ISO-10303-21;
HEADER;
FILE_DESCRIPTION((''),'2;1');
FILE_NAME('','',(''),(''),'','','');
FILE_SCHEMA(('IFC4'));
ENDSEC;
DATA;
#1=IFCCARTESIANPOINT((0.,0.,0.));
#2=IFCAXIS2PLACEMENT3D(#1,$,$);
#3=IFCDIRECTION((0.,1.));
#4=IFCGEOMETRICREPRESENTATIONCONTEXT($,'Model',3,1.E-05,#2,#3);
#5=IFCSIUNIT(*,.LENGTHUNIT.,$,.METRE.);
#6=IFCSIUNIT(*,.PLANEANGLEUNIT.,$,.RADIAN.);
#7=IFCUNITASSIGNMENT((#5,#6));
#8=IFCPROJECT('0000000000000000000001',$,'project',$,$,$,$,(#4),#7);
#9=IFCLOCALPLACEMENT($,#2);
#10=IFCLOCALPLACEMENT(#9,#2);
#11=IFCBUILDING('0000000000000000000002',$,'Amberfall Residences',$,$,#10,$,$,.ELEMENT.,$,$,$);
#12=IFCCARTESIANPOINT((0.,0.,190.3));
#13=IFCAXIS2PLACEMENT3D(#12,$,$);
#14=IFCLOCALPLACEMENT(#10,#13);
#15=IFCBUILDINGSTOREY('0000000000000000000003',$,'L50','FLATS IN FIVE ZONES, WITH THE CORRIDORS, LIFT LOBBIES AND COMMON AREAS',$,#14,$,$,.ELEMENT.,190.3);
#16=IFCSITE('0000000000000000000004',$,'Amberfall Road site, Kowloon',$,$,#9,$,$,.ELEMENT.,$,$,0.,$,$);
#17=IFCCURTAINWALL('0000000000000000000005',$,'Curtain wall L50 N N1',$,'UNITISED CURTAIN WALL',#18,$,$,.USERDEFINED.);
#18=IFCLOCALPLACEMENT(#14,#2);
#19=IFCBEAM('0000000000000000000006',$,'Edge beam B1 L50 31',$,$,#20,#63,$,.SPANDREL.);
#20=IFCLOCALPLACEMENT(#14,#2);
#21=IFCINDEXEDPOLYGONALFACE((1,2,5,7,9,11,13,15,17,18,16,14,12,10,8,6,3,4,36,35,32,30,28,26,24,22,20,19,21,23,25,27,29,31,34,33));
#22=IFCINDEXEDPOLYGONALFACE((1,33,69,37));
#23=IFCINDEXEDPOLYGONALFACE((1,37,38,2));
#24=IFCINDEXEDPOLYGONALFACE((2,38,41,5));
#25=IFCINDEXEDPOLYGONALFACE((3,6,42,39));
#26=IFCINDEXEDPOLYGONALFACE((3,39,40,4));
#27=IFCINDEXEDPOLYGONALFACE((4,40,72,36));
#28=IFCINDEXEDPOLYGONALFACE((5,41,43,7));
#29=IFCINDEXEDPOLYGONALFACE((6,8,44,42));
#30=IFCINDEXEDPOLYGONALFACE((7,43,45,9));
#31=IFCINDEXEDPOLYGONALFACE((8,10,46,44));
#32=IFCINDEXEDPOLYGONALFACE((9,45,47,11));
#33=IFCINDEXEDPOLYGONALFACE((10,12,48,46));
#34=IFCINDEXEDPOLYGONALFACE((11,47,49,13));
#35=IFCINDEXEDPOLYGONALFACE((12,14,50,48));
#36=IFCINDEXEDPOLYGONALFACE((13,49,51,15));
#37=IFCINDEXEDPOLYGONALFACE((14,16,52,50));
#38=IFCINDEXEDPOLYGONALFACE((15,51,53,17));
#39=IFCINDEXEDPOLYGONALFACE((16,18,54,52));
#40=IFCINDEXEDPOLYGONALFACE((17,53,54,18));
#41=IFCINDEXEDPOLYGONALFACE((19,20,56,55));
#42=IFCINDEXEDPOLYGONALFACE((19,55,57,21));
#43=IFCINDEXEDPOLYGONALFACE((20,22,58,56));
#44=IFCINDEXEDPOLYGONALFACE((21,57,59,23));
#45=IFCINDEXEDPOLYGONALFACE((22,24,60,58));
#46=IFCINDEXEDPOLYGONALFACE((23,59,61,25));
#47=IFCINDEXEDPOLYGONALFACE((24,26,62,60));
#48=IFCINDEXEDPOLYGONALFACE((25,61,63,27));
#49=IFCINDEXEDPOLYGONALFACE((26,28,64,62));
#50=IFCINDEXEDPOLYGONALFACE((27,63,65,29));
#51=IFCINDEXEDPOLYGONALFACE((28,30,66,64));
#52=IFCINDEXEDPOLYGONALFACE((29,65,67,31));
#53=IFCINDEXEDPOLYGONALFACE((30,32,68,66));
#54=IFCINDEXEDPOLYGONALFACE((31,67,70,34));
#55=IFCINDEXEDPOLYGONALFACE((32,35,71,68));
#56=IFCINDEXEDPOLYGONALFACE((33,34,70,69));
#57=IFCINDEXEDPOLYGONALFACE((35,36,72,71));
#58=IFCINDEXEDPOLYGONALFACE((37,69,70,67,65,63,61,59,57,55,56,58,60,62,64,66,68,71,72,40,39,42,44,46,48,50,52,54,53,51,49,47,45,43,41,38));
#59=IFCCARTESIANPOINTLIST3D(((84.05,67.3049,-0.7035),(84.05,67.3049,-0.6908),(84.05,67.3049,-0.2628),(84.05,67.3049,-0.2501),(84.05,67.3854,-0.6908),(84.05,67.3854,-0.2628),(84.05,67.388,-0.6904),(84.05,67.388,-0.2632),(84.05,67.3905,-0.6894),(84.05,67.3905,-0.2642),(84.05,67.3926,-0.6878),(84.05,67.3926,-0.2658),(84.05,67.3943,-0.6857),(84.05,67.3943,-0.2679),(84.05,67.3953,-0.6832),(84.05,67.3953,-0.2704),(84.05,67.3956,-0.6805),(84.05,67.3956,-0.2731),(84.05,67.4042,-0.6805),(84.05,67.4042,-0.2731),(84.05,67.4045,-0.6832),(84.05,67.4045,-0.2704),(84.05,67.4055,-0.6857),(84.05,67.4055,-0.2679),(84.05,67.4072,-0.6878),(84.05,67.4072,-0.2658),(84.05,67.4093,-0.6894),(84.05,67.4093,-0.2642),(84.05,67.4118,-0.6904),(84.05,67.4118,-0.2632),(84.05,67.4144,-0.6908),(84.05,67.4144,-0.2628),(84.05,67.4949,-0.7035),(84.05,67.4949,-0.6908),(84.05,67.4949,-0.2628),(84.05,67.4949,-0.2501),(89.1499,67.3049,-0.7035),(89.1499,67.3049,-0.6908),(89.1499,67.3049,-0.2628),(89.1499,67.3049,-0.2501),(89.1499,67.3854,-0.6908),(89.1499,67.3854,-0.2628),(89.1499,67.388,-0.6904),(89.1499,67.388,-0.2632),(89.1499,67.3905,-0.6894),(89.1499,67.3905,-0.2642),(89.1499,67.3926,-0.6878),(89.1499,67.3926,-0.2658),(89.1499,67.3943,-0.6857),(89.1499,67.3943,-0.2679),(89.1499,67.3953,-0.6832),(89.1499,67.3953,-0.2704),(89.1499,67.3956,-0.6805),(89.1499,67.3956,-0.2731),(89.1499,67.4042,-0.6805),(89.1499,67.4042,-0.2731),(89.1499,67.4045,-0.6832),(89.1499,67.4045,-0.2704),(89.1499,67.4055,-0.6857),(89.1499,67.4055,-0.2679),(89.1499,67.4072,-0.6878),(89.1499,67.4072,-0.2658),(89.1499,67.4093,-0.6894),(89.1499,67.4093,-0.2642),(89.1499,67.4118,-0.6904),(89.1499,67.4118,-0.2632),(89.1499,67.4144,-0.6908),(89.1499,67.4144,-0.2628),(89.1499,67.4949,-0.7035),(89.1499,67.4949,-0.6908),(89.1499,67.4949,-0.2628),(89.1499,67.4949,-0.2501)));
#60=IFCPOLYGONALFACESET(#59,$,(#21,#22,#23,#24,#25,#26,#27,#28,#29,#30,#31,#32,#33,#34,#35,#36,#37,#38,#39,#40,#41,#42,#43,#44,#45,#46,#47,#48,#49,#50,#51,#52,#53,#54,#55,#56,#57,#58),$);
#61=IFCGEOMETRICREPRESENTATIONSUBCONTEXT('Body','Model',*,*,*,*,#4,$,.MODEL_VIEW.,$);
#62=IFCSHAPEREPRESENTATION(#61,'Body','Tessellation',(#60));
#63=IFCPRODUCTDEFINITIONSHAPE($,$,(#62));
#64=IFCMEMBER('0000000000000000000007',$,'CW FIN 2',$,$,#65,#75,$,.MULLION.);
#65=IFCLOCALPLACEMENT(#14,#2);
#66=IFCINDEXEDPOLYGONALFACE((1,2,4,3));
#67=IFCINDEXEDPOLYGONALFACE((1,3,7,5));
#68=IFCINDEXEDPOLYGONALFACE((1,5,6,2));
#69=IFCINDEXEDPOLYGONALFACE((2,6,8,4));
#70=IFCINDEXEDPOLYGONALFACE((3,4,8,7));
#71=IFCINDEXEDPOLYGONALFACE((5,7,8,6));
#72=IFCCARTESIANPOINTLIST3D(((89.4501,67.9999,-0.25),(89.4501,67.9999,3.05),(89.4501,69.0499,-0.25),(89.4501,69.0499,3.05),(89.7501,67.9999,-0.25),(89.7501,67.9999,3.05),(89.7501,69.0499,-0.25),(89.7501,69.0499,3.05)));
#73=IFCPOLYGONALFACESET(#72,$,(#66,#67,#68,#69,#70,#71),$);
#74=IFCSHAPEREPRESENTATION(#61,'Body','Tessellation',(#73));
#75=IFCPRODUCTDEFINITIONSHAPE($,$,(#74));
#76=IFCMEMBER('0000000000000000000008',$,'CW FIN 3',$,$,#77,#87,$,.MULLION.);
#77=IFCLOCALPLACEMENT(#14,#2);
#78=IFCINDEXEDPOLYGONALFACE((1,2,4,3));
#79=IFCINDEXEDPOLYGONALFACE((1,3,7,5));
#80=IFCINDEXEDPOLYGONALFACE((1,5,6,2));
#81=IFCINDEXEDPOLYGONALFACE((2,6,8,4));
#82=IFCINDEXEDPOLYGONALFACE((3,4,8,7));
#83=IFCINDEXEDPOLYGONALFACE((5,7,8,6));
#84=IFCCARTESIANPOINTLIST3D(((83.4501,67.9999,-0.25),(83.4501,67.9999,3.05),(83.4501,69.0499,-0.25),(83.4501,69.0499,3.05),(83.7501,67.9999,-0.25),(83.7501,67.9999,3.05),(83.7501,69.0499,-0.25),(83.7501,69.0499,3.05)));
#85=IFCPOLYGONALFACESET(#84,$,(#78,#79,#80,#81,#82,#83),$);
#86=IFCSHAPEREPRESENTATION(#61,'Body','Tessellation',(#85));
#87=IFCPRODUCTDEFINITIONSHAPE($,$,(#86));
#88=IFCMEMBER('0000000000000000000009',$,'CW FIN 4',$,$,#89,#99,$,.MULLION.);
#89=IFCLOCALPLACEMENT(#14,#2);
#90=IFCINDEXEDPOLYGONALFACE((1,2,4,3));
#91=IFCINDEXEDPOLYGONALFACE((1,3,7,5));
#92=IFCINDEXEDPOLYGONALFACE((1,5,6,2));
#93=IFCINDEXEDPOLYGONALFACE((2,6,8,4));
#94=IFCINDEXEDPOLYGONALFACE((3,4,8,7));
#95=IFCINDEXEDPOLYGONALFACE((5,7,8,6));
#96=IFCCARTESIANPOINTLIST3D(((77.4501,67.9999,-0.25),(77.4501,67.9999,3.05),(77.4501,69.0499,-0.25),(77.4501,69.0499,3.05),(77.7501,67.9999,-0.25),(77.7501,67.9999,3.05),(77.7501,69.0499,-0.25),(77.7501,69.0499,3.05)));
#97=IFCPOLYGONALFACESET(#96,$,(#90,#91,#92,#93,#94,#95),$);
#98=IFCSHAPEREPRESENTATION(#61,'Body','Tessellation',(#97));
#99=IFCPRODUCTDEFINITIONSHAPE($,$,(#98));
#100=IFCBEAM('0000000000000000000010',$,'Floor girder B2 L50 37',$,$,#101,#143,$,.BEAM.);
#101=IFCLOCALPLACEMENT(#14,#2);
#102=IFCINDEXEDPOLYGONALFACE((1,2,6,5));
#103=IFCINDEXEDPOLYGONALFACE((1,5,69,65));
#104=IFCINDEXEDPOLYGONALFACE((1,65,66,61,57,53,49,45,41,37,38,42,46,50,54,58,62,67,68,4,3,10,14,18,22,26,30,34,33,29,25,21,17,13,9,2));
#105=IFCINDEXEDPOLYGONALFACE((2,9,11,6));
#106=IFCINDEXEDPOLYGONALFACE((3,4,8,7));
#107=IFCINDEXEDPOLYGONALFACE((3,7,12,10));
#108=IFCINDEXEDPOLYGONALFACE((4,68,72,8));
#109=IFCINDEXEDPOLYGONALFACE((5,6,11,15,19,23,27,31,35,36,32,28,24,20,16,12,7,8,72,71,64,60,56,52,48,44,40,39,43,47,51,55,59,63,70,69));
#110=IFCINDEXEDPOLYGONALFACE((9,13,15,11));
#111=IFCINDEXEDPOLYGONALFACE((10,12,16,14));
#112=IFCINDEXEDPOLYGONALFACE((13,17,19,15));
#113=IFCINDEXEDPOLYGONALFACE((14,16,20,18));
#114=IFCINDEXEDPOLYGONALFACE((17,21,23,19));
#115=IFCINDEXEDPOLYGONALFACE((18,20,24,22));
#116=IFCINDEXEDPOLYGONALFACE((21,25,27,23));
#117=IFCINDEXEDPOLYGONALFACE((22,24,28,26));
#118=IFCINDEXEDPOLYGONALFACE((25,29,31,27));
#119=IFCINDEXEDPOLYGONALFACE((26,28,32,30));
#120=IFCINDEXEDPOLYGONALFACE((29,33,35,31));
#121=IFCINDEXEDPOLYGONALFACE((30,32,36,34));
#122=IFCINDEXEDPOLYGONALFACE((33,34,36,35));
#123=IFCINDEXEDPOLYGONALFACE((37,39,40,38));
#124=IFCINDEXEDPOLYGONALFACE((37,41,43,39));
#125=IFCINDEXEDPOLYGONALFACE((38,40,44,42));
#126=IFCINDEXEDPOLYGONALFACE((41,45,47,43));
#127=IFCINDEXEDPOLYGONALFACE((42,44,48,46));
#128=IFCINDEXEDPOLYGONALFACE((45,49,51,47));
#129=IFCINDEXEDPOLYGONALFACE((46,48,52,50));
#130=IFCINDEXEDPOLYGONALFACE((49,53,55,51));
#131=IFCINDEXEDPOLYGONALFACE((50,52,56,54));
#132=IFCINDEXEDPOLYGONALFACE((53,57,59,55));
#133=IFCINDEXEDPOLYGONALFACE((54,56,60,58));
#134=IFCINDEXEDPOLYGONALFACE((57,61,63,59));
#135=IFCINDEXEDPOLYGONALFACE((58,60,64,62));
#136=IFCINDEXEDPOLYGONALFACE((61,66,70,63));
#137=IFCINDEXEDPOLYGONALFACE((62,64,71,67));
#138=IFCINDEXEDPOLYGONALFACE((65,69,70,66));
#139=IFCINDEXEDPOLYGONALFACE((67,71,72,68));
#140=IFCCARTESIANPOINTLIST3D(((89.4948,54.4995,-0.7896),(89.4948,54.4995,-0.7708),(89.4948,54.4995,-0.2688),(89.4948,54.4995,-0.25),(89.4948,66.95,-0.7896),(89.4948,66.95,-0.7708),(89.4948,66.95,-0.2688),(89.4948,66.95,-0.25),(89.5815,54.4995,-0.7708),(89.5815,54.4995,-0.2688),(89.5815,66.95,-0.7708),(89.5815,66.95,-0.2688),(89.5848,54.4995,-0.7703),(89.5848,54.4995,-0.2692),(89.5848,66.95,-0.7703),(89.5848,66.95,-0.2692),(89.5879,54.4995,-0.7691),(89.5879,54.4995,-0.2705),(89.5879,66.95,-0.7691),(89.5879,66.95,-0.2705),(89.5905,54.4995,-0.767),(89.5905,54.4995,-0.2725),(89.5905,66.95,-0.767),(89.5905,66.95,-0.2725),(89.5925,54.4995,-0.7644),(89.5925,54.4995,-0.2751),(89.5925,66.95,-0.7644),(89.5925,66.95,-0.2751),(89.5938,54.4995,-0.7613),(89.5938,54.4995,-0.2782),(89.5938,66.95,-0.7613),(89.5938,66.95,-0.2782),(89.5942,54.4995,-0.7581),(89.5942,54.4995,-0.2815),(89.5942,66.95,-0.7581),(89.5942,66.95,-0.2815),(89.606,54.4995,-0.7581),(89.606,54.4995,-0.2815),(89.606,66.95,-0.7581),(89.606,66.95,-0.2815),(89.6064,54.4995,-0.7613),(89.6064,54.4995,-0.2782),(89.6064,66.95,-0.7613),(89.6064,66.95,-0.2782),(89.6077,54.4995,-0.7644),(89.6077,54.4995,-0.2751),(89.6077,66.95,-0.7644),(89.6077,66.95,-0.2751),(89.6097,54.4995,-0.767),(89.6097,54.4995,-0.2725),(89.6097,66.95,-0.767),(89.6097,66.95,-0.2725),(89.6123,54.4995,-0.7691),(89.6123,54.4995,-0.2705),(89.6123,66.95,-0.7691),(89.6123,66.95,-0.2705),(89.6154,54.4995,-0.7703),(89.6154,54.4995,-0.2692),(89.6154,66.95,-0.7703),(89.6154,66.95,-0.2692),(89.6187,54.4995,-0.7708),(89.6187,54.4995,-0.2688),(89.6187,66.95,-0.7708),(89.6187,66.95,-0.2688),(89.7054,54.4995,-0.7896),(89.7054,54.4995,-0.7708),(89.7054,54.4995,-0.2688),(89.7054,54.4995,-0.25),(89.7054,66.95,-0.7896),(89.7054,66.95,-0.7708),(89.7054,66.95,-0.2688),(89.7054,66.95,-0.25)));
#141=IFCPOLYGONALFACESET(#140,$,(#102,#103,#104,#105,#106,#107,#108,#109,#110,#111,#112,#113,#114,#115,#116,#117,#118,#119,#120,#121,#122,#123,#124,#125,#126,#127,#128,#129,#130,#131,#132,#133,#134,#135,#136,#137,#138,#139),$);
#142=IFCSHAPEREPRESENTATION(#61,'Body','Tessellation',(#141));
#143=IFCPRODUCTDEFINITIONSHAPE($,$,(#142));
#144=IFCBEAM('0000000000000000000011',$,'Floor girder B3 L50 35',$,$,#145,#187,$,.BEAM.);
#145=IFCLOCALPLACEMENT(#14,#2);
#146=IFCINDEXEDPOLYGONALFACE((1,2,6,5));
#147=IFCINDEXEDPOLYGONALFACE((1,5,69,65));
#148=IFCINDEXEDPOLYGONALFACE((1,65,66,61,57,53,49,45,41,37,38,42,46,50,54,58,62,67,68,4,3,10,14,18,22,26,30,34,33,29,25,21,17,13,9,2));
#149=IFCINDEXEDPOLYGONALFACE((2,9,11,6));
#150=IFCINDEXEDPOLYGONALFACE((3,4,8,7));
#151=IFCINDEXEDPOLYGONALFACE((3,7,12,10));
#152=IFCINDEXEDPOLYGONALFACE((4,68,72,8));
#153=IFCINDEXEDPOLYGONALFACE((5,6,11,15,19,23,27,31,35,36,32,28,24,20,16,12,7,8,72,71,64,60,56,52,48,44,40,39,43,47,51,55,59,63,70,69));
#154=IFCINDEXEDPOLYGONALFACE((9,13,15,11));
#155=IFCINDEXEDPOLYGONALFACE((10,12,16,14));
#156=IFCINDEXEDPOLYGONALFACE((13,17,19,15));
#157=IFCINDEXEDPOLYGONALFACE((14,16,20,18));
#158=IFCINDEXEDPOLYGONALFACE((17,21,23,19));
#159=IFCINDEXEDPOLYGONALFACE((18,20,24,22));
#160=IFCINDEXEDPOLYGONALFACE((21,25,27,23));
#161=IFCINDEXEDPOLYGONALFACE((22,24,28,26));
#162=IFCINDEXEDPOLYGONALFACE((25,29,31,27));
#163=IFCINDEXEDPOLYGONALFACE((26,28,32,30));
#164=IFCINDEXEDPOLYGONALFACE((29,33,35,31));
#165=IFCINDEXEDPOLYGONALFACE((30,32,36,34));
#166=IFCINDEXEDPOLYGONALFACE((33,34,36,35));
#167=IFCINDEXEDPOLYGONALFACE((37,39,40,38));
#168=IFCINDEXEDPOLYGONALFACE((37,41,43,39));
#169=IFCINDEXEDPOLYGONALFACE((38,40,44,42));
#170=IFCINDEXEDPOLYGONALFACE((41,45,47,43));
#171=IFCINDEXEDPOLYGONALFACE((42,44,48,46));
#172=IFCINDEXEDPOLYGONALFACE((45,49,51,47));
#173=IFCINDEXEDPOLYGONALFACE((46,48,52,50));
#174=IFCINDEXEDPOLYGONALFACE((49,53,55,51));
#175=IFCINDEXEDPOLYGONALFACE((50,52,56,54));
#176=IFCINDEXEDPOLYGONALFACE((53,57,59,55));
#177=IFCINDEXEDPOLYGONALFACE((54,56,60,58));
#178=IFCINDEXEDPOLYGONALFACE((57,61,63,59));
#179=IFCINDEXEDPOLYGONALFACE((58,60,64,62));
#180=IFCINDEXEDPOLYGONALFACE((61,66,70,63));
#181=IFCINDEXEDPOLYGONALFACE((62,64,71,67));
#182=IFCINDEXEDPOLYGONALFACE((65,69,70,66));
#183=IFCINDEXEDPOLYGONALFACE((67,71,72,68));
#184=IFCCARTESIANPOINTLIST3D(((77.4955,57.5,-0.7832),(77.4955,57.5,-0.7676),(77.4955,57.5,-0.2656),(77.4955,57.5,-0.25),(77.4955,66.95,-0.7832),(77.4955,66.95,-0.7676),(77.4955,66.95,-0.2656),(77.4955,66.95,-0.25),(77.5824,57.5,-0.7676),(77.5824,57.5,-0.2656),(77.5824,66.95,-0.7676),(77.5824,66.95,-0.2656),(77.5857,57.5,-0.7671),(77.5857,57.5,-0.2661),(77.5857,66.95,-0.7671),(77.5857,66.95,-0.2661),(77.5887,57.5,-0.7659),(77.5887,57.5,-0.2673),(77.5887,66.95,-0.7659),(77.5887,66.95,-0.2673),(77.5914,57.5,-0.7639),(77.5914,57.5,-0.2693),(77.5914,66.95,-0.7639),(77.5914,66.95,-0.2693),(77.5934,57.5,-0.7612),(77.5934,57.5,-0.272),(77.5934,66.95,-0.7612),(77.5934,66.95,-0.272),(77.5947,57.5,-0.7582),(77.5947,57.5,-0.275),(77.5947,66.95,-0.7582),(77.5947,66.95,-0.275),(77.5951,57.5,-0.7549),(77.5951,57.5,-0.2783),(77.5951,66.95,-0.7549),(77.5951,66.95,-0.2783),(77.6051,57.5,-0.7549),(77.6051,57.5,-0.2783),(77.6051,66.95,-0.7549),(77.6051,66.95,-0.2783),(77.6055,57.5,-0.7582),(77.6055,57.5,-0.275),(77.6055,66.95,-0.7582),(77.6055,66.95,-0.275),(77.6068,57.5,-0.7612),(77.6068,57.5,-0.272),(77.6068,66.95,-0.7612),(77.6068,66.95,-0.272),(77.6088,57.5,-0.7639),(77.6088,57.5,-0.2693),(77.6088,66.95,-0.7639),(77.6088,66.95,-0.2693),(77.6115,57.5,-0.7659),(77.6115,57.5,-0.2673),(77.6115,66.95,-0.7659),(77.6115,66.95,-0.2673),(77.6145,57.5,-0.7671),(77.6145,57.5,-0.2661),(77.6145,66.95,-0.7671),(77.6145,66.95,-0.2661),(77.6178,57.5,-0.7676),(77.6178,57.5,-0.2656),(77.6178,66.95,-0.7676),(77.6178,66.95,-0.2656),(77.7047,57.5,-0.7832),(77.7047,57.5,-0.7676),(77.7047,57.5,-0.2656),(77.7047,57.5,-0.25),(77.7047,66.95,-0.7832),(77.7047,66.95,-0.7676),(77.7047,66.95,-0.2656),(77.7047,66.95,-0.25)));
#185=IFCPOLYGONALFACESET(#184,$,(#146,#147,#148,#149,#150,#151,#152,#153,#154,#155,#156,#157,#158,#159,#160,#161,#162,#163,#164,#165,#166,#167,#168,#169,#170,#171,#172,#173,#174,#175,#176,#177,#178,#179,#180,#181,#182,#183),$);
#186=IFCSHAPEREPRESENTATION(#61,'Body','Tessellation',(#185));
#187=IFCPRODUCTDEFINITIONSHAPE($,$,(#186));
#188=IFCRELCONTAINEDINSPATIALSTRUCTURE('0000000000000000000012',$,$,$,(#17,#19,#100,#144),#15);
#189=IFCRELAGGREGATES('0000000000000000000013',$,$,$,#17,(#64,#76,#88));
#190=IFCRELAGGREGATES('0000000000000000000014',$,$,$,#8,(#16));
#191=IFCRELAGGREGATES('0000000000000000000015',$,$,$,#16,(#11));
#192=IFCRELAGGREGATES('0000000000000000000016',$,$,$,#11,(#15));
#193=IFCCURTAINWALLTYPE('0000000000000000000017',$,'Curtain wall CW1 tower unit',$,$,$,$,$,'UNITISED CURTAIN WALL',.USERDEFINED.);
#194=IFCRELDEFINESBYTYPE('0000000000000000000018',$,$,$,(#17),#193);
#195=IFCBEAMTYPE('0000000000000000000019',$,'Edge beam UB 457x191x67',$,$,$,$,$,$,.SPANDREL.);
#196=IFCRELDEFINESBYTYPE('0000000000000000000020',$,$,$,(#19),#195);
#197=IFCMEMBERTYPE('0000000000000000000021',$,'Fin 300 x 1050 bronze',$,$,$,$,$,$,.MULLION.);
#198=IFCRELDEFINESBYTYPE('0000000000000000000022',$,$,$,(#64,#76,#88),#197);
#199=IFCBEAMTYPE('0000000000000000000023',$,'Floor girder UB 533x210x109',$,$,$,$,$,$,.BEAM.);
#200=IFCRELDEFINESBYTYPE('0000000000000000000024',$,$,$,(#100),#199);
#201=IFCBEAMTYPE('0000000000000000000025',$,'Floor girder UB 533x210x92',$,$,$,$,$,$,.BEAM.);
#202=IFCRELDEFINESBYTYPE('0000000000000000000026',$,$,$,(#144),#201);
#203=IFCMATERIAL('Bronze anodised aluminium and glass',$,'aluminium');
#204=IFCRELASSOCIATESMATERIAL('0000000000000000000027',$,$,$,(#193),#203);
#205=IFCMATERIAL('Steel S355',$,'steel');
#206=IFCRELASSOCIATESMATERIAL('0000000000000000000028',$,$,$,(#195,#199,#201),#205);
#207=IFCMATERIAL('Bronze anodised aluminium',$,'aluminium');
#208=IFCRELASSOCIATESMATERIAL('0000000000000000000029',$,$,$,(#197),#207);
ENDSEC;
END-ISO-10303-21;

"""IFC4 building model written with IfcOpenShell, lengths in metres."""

from ifc_helpers import new_model, si_unit, direction, frame, origin, origin_2d, place, context, subcontext, project, spatial, rectangle, i_section, extrude, material, material_profile, profile_set, type_object, element, aggregate, save


model = new_model("IFC4")

# Units and contexts
model_context = context("Model", 3, precision=1e-05, world=origin(), true_north=direction((0.0, 1.0)))
body_context = subcontext(model_context, "Body", "Model", "MODEL_VIEW")
ifc_project = project(units=[si_unit("LENGTHUNIT", "METRE"), si_unit("PLANEANGLEUNIT", "RADIAN")], contexts=[model_context])

# Site, building, storey
site_placement = place(None, origin())
site = spatial("IfcSite", under=ifc_project, at=site_placement, Name="Amberfall Road site, Kowloon", CompositionType="ELEMENT", RefElevation=0.0)
building_placement = place(site_placement, origin())
building = spatial("IfcBuilding", under=site, at=building_placement, Name="Amberfall Residences", CompositionType="ELEMENT")
storey_placement = place(building_placement, frame((0.0, 0.0, 190.3)))
storey = spatial("IfcBuildingStorey", under=building, at=storey_placement, Name="L50", Description="FLATS IN FIVE ZONES, WITH THE CORRIDORS, LIFT LOBBIES AND COMMON AREAS", CompositionType="ELEMENT", Elevation=190.3)

# Curtain wall
ifc_material_1 = material(Name="Bronze anodised aluminium and glass", Category="aluminium")
curtain_wall_type = type_object("IfcCurtainWallType", Name="Curtain wall CW1 tower unit", ElementType="UNITISED CURTAIN WALL", PredefinedType="USERDEFINED", material=ifc_material_1)
curtain_wall_placement = place(storey_placement, origin())
curtain_wall = element("IfcCurtainWall", 1, at=curtain_wall_placement, inside=storey, type_object=curtain_wall_type, Name="Curtain wall L50 N N1", ObjectType="UNITISED CURTAIN WALL", PredefinedType="USERDEFINED")
ifc_material_2 = material(Name="Bronze anodised aluminium", Category="aluminium")

# Beam
ifc_material_3 = material(Name="Steel S355", Category="steel")
ifc_material_profile_1 = material_profile(ifc_material_3, i_section(OverallWidth=0.1899, OverallDepth=0.4534, WebThickness=0.0085, FlangeThickness=0.0127, FilletRadius=0.0103, at=origin_2d()), Name="UB 457x191x67")
ifc_profile_set_1 = profile_set([ifc_material_profile_1], Name="Steel S355")
beam_type_1 = type_object("IfcBeamType", Name="Edge beam UB 457x191x67", PredefinedType="SPANDREL", material=ifc_profile_set_1)
for number, where, z_axis, x_axis, name in (
    (2, (84.05, 67.3999, -0.4768), (1.0, 0.0, 0.0), (0.0, 1.0, 0.0), "Edge beam B1 L50 31"),
):
    element("IfcBeam", number, at=place(storey_placement, frame(where, z_axis=z_axis, x_axis=x_axis)), inside=storey, type_object=beam_type_1, Name=name, PredefinedType="SPANDREL", context=body_context, shape_type="SweptSolid", body=[
        extrude(i_section(OverallWidth=0.1899, OverallDepth=0.4534, WebThickness=0.0085, FlangeThickness=0.0127, FilletRadius=0.0103, at=origin_2d()), origin(), (0.0, 0.0, 1.0), 5.0999),
    ])

# Members
ifc_material_profile_2 = material_profile(ifc_material_2, rectangle(XDim=1.05, YDim=0.3, at=origin_2d()), Name="Fin 300 x 1050 bronze")
ifc_profile_set_2 = profile_set([ifc_material_profile_2], Name="Bronze anodised aluminium")
member_type_1 = type_object("IfcMemberType", Name="Fin 300 x 1050 bronze", PredefinedType="MULLION", material=ifc_profile_set_2)
member_1_placement = place(storey_placement, frame((89.6001, 68.5249, -0.25), z_axis=(0.0, 0.0, 1.0), x_axis=(0.0, -1.0, 0.0)))
member_1 = element("IfcMember", 3, at=member_1_placement, type_object=member_type_1, Name="CW FIN 2", PredefinedType="MULLION", context=body_context, shape_type="SweptSolid", body=[
    extrude(rectangle(XDim=1.05, YDim=0.3, at=origin_2d()), origin(), (0.0, 0.0, 1.0), 3.3),
])
member_2_placement = place(storey_placement, frame((83.6001, 68.5249, -0.25), z_axis=(0.0, 0.0, 1.0), x_axis=(0.0, -1.0, 0.0)))
member_2 = element("IfcMember", 4, at=member_2_placement, type_object=member_type_1, Name="CW FIN 3", PredefinedType="MULLION", context=body_context, shape_type="SweptSolid", body=[
    extrude(rectangle(XDim=1.05, YDim=0.3, at=origin_2d()), origin(), (0.0, 0.0, 1.0), 3.3),
])
member_3_placement = place(storey_placement, frame((77.6001, 68.5249, -0.25), z_axis=(0.0, 0.0, 1.0), x_axis=(0.0, -1.0, 0.0)))
member_3 = element("IfcMember", 5, at=member_3_placement, type_object=member_type_1, Name="CW FIN 4", PredefinedType="MULLION", context=body_context, shape_type="SweptSolid", body=[
    extrude(rectangle(XDim=1.05, YDim=0.3, at=origin_2d()), origin(), (0.0, 0.0, 1.0), 3.3),
])

# Beams
ifc_material_profile_3 = material_profile(ifc_material_3, i_section(OverallWidth=0.2107, OverallDepth=0.5396, WebThickness=0.0117, FlangeThickness=0.0188, FilletRadius=0.0127, at=origin_2d()), Name="UB 533x210x109")
ifc_profile_set_3 = profile_set([ifc_material_profile_3], Name="Steel S355")
beam_type_2 = type_object("IfcBeamType", Name="Floor girder UB 533x210x109", PredefinedType="BEAM", material=ifc_profile_set_3)
beam_placement = place(storey_placement, frame((89.6001, 66.95, -0.5198), z_axis=(0.0, -1.0, 0.0), x_axis=(1.0, 0.0, 0.0)))
element("IfcBeam", 6, at=beam_placement, inside=storey, type_object=beam_type_2, Name="Floor girder B2 L50 37", PredefinedType="BEAM", context=body_context, shape_type="SweptSolid", body=[
    extrude(i_section(OverallWidth=0.2107, OverallDepth=0.5396, WebThickness=0.0117, FlangeThickness=0.0188, FilletRadius=0.0127, at=origin_2d()), origin(), (0.0, 0.0, 1.0), 12.4504),
])
ifc_material_profile_4 = material_profile(ifc_material_3, i_section(OverallWidth=0.2092, OverallDepth=0.5332, WebThickness=0.01, FlangeThickness=0.0156, FilletRadius=0.0127, at=origin_2d()), Name="UB 533x210x92")
ifc_profile_set_4 = profile_set([ifc_material_profile_4], Name="Steel S355")
beam_type_3 = type_object("IfcBeamType", Name="Floor girder UB 533x210x92", PredefinedType="BEAM", material=ifc_profile_set_4)
for number, where, z_axis, x_axis, name in (
    (7, (77.6001, 66.95, -0.5166), (0.0, -1.0, 0.0), (1.0, 0.0, 0.0), "Floor girder B3 L50 35"),
):
    element("IfcBeam", number, at=place(storey_placement, frame(where, z_axis=z_axis, x_axis=x_axis)), inside=storey, type_object=beam_type_3, Name=name, PredefinedType="BEAM", context=body_context, shape_type="SweptSolid", body=[
        extrude(i_section(OverallWidth=0.2092, OverallDepth=0.5332, WebThickness=0.01, FlangeThickness=0.0156, FilletRadius=0.0127, at=origin_2d()), origin(), (0.0, 0.0, 1.0), 9.45),
    ])

aggregate(curtain_wall, [member_1, member_2, member_3])

save(model, "model.ifc")
